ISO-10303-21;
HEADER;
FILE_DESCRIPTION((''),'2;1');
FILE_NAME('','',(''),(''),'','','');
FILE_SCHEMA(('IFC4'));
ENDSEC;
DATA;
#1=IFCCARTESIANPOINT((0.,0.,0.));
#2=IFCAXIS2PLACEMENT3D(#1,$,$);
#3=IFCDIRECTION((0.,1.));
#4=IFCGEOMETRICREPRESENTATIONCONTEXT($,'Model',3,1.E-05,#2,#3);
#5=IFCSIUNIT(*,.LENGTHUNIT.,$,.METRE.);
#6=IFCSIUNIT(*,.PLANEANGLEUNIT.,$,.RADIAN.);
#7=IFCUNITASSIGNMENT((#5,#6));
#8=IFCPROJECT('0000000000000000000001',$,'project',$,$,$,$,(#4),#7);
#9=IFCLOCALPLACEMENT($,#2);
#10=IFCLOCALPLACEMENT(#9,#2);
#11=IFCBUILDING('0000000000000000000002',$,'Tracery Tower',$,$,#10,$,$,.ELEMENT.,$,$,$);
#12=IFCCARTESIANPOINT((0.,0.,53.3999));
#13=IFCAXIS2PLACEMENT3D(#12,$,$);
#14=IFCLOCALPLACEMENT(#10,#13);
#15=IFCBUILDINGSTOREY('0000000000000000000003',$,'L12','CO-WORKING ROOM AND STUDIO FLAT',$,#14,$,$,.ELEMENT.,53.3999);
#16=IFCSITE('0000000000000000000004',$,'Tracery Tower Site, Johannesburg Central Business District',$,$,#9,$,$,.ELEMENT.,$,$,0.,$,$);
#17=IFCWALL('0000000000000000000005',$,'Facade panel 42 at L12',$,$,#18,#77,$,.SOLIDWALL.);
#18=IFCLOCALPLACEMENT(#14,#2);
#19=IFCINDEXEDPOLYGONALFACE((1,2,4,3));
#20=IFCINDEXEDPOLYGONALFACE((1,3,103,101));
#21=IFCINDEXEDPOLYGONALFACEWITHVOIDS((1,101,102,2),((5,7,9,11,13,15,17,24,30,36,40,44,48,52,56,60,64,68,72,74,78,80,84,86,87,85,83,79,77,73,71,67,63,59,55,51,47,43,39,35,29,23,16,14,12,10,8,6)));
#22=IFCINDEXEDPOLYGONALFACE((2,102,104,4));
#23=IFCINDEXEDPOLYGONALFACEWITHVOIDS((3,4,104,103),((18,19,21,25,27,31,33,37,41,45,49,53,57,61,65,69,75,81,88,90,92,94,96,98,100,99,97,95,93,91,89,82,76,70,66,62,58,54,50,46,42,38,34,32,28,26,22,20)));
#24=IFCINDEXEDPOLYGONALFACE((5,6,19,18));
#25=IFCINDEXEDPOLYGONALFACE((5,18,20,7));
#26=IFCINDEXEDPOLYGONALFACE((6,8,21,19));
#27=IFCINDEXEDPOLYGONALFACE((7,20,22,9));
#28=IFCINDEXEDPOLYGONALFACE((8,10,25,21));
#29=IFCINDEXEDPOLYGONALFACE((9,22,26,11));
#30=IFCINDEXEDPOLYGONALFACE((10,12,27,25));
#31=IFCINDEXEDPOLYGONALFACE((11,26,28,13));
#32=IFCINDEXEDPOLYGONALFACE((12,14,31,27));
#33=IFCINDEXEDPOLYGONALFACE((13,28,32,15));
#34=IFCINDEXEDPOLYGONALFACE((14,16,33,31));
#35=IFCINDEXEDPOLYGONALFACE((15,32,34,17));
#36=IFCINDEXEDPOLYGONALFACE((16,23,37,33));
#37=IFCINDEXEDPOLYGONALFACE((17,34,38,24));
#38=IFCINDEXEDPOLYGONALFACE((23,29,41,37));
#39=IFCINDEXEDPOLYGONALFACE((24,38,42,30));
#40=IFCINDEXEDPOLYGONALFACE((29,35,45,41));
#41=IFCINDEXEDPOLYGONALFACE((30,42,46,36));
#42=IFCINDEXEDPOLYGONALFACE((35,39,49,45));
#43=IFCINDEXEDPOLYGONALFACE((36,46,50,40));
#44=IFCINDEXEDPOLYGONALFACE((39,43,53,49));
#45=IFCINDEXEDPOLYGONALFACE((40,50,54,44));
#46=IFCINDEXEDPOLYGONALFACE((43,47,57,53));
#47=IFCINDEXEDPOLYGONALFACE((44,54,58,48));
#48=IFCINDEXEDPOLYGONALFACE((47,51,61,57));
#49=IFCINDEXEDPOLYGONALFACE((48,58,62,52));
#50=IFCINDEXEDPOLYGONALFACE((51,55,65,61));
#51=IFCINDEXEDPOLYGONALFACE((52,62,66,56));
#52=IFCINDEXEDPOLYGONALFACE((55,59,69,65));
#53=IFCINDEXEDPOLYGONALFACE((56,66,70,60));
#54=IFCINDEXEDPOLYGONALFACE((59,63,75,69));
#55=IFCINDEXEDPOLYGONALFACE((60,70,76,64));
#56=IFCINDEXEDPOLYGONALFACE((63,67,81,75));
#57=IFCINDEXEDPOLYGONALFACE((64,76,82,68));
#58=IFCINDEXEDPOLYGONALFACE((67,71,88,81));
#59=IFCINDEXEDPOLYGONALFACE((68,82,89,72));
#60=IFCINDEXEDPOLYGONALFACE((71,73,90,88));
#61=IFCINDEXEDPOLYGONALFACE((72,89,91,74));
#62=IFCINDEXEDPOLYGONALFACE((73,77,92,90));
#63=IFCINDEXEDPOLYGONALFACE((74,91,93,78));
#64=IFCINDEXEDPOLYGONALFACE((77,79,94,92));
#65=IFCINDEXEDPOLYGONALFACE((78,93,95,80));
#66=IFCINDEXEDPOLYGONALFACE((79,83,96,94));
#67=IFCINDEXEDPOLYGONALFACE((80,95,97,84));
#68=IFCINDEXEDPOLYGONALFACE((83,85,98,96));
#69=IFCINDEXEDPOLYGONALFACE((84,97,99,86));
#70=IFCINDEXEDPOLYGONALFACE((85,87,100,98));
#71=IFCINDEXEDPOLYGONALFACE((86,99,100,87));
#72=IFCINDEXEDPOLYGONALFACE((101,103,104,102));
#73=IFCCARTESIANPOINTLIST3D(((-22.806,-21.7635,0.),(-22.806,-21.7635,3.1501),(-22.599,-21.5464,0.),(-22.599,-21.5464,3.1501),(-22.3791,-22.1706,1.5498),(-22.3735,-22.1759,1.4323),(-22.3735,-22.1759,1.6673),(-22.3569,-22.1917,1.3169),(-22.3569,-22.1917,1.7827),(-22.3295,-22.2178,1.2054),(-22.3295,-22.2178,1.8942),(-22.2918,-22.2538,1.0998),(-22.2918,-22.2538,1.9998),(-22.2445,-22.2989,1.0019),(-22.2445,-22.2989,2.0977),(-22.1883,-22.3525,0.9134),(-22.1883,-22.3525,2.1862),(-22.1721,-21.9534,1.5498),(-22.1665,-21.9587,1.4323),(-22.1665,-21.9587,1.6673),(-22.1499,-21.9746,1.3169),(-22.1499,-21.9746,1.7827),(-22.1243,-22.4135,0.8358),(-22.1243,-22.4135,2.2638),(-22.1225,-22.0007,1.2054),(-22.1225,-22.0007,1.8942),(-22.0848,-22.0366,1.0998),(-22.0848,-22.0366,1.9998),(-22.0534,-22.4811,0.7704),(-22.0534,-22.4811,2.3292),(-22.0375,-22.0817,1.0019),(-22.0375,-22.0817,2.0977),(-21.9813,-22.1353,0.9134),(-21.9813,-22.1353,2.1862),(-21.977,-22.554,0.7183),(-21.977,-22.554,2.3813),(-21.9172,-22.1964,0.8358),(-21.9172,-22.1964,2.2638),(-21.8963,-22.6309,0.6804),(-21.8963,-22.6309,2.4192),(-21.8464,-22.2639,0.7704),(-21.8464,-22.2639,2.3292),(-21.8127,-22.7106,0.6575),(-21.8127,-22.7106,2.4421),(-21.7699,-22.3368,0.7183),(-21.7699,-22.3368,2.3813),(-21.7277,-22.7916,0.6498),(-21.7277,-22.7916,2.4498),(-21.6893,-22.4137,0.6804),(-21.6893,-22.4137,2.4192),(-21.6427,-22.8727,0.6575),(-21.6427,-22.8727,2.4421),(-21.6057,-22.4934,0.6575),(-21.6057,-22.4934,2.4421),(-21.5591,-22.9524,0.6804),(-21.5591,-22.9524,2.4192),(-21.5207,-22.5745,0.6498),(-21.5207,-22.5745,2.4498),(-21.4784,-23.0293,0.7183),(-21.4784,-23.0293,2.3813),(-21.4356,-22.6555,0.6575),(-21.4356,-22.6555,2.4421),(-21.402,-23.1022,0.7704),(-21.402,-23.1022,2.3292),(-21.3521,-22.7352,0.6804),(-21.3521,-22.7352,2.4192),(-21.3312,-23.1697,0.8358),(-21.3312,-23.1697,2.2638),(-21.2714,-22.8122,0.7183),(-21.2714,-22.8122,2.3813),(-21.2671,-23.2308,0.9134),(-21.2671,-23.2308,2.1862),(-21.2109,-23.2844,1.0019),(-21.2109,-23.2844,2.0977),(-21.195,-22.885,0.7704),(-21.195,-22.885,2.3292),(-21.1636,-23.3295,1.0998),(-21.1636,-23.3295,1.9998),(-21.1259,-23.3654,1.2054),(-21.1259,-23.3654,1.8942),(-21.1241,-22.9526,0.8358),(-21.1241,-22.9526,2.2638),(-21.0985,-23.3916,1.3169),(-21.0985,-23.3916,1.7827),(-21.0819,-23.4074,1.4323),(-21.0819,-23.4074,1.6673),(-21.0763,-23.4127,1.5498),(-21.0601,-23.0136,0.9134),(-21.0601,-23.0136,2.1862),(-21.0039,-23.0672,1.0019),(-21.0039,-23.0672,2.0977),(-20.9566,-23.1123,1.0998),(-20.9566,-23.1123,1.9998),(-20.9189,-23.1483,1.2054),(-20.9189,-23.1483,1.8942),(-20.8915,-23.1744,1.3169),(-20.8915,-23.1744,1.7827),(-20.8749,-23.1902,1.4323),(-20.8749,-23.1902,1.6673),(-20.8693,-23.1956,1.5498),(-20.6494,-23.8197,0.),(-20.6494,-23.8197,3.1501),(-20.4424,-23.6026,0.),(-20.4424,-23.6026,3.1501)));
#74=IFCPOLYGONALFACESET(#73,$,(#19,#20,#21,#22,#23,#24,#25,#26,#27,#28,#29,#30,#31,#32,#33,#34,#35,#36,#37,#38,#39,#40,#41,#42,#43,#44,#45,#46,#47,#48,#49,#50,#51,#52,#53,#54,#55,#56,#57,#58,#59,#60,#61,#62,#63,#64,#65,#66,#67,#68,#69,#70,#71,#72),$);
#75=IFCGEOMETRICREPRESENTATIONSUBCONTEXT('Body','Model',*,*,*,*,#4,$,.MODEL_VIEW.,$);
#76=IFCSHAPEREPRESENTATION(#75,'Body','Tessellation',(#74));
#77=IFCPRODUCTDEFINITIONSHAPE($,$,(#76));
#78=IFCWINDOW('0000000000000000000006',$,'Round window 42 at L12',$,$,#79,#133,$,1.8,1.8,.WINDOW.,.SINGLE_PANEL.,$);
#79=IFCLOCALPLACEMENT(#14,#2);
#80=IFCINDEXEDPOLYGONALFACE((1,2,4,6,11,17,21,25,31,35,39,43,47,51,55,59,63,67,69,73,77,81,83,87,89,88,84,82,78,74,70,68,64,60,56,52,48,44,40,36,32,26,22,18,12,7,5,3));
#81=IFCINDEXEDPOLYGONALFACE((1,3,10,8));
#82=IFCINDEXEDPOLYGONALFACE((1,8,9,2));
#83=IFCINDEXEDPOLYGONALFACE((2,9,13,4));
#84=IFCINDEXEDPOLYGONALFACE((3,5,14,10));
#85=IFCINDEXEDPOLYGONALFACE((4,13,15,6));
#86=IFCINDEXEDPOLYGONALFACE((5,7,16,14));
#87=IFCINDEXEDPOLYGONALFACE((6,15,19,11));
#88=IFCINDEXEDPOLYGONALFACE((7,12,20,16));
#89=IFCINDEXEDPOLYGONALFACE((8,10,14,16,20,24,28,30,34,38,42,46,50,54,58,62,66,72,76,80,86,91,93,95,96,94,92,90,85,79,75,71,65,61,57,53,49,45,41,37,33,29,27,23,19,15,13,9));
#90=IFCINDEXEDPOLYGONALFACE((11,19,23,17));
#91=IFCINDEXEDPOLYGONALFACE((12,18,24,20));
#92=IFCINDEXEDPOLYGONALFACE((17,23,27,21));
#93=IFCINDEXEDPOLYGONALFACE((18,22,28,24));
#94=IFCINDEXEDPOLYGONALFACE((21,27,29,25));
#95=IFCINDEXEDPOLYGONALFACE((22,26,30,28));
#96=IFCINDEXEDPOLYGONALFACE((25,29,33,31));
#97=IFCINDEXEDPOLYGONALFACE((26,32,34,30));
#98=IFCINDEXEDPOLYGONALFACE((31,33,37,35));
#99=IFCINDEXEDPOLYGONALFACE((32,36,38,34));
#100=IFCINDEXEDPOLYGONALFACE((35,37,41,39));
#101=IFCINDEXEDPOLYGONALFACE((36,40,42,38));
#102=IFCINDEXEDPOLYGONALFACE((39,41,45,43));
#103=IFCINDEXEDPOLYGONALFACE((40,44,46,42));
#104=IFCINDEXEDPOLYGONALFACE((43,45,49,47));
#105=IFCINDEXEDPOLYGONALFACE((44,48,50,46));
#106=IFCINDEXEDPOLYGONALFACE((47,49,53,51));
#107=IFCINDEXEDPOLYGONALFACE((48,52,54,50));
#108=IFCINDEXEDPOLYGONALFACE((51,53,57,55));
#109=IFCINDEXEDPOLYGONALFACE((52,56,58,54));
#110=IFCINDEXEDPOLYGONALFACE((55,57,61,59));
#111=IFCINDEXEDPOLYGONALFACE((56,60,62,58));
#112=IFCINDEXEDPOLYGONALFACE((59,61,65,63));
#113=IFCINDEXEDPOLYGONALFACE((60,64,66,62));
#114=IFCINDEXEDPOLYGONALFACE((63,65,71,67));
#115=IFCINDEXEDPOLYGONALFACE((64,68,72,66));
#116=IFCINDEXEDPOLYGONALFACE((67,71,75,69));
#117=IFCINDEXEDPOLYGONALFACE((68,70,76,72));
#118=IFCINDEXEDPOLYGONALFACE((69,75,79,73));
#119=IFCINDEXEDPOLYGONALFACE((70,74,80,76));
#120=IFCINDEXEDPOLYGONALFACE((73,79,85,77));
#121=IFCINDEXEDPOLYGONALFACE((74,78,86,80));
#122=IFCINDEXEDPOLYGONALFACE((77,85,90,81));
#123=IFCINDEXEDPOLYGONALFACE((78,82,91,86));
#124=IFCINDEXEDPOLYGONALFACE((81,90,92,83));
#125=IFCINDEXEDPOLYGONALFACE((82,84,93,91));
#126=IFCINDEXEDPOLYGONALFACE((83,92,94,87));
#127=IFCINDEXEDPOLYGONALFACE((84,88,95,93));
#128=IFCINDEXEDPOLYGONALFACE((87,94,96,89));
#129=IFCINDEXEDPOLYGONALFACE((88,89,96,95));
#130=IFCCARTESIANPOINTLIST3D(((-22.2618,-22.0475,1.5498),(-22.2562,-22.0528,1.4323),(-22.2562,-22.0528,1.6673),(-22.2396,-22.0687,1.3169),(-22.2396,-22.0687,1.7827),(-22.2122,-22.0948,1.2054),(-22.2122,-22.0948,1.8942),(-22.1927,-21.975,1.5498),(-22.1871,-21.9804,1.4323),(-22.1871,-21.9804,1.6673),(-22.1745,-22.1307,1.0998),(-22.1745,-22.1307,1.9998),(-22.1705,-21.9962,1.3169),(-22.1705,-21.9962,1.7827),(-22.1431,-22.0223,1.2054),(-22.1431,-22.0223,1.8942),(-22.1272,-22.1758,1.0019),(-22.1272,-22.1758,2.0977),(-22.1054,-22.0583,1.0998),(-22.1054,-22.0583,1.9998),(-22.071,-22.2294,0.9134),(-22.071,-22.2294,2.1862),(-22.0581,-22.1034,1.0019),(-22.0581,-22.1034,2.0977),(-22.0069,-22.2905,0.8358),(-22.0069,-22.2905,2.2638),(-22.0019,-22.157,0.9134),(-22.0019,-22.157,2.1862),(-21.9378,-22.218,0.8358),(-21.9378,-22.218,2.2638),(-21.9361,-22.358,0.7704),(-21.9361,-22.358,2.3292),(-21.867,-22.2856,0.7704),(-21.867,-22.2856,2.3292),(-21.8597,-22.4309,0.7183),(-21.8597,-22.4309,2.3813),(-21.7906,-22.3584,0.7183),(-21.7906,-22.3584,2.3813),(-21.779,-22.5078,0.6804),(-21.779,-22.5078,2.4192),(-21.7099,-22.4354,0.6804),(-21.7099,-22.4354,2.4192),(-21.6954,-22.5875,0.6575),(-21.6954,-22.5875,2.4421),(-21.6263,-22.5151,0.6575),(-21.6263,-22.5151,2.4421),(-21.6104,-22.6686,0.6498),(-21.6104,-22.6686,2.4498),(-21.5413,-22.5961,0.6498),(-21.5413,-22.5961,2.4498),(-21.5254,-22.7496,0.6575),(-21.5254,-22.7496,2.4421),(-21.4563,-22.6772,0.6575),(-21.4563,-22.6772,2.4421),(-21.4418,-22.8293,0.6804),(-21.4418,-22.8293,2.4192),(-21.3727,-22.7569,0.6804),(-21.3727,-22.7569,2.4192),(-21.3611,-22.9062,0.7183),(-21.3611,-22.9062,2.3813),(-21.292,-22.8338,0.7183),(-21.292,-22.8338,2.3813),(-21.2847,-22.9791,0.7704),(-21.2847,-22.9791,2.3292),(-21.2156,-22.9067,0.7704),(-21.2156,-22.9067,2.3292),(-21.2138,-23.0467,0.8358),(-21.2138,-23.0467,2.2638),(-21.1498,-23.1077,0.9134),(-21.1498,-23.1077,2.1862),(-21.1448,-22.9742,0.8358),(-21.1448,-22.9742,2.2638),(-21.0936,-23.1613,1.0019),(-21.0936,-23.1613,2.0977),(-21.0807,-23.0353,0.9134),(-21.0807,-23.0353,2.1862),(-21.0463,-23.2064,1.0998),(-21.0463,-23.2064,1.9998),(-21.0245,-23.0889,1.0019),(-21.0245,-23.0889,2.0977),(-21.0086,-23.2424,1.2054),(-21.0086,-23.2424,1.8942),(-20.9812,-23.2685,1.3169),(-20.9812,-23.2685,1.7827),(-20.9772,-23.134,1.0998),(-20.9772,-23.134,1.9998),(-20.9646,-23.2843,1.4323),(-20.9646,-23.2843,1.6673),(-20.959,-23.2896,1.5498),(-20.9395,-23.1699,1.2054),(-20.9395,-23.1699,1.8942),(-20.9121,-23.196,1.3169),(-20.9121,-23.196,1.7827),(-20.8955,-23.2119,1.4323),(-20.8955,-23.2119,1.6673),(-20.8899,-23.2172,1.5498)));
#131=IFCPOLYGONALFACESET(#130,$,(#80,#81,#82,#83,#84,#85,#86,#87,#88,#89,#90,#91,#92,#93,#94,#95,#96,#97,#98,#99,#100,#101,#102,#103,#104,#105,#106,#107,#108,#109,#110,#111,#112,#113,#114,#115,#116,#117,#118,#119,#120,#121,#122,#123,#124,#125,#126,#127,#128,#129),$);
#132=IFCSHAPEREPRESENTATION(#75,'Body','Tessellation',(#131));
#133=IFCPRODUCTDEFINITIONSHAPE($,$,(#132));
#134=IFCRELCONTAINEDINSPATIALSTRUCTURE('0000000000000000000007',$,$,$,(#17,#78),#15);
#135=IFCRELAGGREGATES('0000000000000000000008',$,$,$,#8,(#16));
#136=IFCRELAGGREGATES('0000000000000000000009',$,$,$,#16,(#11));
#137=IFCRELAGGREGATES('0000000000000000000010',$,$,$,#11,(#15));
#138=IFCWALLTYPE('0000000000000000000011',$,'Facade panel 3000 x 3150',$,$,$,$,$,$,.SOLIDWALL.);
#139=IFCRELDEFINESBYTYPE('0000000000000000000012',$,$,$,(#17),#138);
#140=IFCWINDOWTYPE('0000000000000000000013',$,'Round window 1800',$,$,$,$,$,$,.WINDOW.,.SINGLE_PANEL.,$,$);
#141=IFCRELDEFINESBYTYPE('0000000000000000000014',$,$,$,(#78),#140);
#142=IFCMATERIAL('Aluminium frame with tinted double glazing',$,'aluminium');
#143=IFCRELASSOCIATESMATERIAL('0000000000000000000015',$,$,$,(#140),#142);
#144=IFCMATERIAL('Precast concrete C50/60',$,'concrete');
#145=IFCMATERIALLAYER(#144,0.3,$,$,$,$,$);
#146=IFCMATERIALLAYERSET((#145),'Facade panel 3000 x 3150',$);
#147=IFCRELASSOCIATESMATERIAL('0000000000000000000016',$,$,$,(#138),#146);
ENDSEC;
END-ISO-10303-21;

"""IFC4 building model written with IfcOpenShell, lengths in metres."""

from ifc_helpers import new_model, si_unit, direction, frame, frame_2d, origin, origin_2d, place, context, subcontext, project, spatial, rectangle, circle, extrude, material, layer, layer_set, type_object, element, fill, save


model = new_model("IFC4")

# Units and contexts
model_context = context("Model", 3, precision=1e-05, world=origin(), true_north=direction((0.0, 1.0)))
body_context = subcontext(model_context, "Body", "Model", "MODEL_VIEW")
ifc_project = project(units=[si_unit("LENGTHUNIT", "METRE"), si_unit("PLANEANGLEUNIT", "RADIAN")], contexts=[model_context])

# Site, building, storey
site_placement = place(None, origin())
site = spatial("IfcSite", under=ifc_project, at=site_placement, Name="Tracery Tower Site, Johannesburg Central Business District", CompositionType="ELEMENT", RefElevation=0.0)
building_placement = place(site_placement, origin())
building = spatial("IfcBuilding", under=site, at=building_placement, Name="Tracery Tower", CompositionType="ELEMENT")
storey_placement = place(building_placement, frame((0.0, 0.0, 53.3999)))
storey = spatial("IfcBuildingStorey", under=building, at=storey_placement, Name="L12", Description="CO-WORKING ROOM AND STUDIO FLAT", CompositionType="ELEMENT", Elevation=53.3999)

# Wall, opening, window
ifc_material_1 = material(Name="Aluminium frame with tinted double glazing", Category="aluminium")
window_type = type_object("IfcWindowType", Name="Round window 1800", PartitioningType="SINGLE_PANEL", PredefinedType="WINDOW", material=ifc_material_1)
ifc_material_2 = material(Name="Precast concrete C50/60", Category="concrete")
ifc_layer_1 = layer(ifc_material_2, 0.3)
ifc_layer_set_1 = layer_set([ifc_layer_1], Name="Facade panel 3000 x 3150")
wall_type_1 = type_object("IfcWallType", Name="Facade panel 3000 x 3150", PredefinedType="SOLIDWALL", material=ifc_layer_set_1)
wall_1_placement = place(storey_placement, frame((-22.7024, -21.655, 0.0), z_axis=(0.0, 0.0, 1.0), x_axis=(0.723744, -0.690068, 0.0)))
wall_1 = element("IfcWall", 1, at=wall_1_placement, inside=storey, type_object=wall_type_1, Name="Facade panel 42 at L12", PredefinedType="SOLIDWALL", context=body_context, shape_type="SweptSolid", body=[
    extrude(rectangle(XDim=2.9797, YDim=0.3, at=frame_2d((1.4897, 0.0))), origin(), (0.0, 0.0, 1.0), 3.1501),
])
opening_1_placement = place(wall_1_placement, frame((1.4897, 0.0, 1.5498)))
opening_1 = element("IfcOpeningElement", 2, at=opening_1_placement, cuts=wall_1, PredefinedType="OPENING", context=body_context, shape_type="SweptSolid", body=[
    extrude(circle(Radius=0.9, at=origin_2d()), frame((0.0, 0.1599, 0.0), z_axis=(0.0, -1.0, 0.0), x_axis=(1.0, 0.0, 0.0)), (0.0, 0.0, 1.0), 0.3201),
])
window_1_placement = place(opening_1_placement, origin())
window_1 = element("IfcWindow", 3, at=window_1_placement, inside=storey, type_object=window_type, Name="Round window 42 at L12", OverallHeight=1.8, OverallWidth=1.8, PartitioningType="SINGLE_PANEL", PredefinedType="WINDOW", context=body_context, shape_type="SweptSolid", body=[
    extrude(circle(Radius=0.9, at=origin_2d()), frame((0.0, 0.1201, 0.0), z_axis=(0.0, -1.0, 0.0), x_axis=(1.0, 0.0, 0.0)), (0.0, 0.0, 1.0), 0.1001),
])
fill(opening_1, window_1)

save(model, "model.ifc")
